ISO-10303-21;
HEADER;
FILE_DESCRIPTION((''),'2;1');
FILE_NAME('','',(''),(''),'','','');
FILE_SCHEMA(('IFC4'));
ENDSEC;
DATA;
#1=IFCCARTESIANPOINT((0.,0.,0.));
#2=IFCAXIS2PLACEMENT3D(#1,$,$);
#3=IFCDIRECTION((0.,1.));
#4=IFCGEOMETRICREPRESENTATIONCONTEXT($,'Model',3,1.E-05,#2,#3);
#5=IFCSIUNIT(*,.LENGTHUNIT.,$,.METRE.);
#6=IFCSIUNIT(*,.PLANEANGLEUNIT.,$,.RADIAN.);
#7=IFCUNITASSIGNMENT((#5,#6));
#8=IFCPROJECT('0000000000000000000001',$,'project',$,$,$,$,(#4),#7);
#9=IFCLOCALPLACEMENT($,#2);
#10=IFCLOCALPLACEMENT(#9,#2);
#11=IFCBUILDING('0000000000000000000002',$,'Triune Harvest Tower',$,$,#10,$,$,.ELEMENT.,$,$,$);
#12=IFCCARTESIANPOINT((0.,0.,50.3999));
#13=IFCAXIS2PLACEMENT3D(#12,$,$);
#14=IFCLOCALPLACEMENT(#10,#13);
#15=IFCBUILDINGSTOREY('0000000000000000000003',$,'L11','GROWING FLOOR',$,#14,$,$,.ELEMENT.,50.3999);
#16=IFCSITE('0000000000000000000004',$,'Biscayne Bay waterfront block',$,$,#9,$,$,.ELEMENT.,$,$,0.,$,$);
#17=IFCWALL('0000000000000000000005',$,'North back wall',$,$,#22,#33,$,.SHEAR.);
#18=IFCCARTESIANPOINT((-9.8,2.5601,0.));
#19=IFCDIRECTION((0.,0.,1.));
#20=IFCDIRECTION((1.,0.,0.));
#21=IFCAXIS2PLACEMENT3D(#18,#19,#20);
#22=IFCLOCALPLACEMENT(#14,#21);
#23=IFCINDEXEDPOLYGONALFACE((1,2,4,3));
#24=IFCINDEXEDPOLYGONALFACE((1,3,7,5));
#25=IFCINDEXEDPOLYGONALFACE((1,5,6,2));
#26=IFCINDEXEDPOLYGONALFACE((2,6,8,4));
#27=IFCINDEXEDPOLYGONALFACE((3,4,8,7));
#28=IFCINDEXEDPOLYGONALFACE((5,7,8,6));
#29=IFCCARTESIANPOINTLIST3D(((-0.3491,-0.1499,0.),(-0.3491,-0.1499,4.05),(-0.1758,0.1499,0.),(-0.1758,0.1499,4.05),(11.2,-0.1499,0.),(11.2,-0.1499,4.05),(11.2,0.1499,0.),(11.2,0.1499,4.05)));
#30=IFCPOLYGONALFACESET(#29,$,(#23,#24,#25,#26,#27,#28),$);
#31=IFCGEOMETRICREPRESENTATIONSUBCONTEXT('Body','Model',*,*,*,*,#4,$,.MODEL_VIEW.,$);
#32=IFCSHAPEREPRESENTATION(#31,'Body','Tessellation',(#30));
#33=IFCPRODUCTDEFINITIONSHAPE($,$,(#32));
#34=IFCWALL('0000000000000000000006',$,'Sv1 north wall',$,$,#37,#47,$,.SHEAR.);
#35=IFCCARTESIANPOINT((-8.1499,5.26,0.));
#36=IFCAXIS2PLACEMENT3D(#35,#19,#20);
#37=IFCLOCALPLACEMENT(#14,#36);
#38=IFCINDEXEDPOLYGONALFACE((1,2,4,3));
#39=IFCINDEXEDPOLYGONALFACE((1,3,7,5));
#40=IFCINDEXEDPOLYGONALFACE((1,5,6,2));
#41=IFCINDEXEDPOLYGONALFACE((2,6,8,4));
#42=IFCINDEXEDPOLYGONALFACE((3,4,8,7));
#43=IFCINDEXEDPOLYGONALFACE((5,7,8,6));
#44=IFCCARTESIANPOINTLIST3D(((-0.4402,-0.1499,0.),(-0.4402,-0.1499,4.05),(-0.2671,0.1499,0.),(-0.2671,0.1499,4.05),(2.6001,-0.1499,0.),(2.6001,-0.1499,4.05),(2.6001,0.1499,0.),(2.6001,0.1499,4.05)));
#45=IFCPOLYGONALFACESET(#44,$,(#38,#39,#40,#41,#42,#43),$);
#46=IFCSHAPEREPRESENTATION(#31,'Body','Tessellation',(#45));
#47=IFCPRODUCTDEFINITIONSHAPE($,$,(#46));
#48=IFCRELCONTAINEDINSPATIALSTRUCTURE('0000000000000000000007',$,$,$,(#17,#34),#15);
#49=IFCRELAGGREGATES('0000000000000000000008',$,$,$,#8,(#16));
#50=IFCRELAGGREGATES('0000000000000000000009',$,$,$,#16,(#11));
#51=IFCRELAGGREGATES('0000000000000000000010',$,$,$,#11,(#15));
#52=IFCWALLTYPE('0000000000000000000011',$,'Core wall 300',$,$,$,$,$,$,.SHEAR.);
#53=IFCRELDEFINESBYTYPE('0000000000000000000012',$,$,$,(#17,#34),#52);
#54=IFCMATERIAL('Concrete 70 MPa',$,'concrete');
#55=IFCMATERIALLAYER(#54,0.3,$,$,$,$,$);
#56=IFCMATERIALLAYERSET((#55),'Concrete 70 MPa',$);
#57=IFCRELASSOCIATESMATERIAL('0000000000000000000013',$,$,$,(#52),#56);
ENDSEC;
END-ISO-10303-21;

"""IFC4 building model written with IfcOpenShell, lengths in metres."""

from ifc_helpers import new_model, si_unit, direction, frame, origin, place, context, subcontext, project, spatial, polyline, outline, extrude, material, layer, layer_set, type_object, element, save


model = new_model("IFC4")

# Units and contexts
model_context = context("Model", 3, precision=1e-05, world=origin(), true_north=direction((0.0, 1.0)))
body_context = subcontext(model_context, "Body", "Model", "MODEL_VIEW")
ifc_project = project(units=[si_unit("LENGTHUNIT", "METRE"), si_unit("PLANEANGLEUNIT", "RADIAN")], contexts=[model_context])

# Site, building, storey
site_placement = place(None, origin())
site = spatial("IfcSite", under=ifc_project, at=site_placement, Name="Biscayne Bay waterfront block", CompositionType="ELEMENT", RefElevation=0.0)
building_placement = place(site_placement, origin())
building = spatial("IfcBuilding", under=site, at=building_placement, Name="Triune Harvest Tower", CompositionType="ELEMENT")
storey_placement = place(building_placement, frame((0.0, 0.0, 50.3999)))
storey = spatial("IfcBuildingStorey", under=building, at=storey_placement, Name="L11", Description="GROWING FLOOR", CompositionType="ELEMENT", Elevation=50.3999)

# Walls
ifc_material_1 = material(Name="Concrete 70 MPa", Category="concrete")
ifc_layer_1 = layer(ifc_material_1, 0.3)
ifc_layer_set_1 = layer_set([ifc_layer_1], Name="Concrete 70 MPa")
wall_type_1 = type_object("IfcWallType", Name="Core wall 300", PredefinedType="SHEAR", material=ifc_layer_set_1)
wall_1_placement = place(storey_placement, frame((-9.8, 2.5601, 0.0), z_axis=(0.0, 0.0, 1.0), x_axis=(1.0, 0.0, 0.0)))
element("IfcWall", 1, at=wall_1_placement, inside=storey, type_object=wall_type_1, Name="North back wall", PredefinedType="SHEAR", context=body_context, shape_type="SweptSolid", body=[
    extrude(outline(polyline([(11.2, -0.1499), (-0.3491, -0.1499), (-0.1758, 0.1499), (11.2, 0.1499), (11.2, -0.1499)])), origin(), (0.0, 0.0, 1.0), 4.05),
])
wall_2_placement = place(storey_placement, frame((-8.1499, 5.26, 0.0), z_axis=(0.0, 0.0, 1.0), x_axis=(1.0, 0.0, 0.0)))
element("IfcWall", 2, at=wall_2_placement, inside=storey, type_object=wall_type_1, Name="Sv1 north wall", PredefinedType="SHEAR", context=body_context, shape_type="SweptSolid", body=[
    extrude(outline(polyline([(2.6001, -0.1499), (-0.4402, -0.1499), (-0.2671, 0.1499), (2.6001, 0.1499), (2.6001, -0.1499)])), origin(), (0.0, 0.0, 1.0), 4.05),
])

save(model, "model.ifc")
